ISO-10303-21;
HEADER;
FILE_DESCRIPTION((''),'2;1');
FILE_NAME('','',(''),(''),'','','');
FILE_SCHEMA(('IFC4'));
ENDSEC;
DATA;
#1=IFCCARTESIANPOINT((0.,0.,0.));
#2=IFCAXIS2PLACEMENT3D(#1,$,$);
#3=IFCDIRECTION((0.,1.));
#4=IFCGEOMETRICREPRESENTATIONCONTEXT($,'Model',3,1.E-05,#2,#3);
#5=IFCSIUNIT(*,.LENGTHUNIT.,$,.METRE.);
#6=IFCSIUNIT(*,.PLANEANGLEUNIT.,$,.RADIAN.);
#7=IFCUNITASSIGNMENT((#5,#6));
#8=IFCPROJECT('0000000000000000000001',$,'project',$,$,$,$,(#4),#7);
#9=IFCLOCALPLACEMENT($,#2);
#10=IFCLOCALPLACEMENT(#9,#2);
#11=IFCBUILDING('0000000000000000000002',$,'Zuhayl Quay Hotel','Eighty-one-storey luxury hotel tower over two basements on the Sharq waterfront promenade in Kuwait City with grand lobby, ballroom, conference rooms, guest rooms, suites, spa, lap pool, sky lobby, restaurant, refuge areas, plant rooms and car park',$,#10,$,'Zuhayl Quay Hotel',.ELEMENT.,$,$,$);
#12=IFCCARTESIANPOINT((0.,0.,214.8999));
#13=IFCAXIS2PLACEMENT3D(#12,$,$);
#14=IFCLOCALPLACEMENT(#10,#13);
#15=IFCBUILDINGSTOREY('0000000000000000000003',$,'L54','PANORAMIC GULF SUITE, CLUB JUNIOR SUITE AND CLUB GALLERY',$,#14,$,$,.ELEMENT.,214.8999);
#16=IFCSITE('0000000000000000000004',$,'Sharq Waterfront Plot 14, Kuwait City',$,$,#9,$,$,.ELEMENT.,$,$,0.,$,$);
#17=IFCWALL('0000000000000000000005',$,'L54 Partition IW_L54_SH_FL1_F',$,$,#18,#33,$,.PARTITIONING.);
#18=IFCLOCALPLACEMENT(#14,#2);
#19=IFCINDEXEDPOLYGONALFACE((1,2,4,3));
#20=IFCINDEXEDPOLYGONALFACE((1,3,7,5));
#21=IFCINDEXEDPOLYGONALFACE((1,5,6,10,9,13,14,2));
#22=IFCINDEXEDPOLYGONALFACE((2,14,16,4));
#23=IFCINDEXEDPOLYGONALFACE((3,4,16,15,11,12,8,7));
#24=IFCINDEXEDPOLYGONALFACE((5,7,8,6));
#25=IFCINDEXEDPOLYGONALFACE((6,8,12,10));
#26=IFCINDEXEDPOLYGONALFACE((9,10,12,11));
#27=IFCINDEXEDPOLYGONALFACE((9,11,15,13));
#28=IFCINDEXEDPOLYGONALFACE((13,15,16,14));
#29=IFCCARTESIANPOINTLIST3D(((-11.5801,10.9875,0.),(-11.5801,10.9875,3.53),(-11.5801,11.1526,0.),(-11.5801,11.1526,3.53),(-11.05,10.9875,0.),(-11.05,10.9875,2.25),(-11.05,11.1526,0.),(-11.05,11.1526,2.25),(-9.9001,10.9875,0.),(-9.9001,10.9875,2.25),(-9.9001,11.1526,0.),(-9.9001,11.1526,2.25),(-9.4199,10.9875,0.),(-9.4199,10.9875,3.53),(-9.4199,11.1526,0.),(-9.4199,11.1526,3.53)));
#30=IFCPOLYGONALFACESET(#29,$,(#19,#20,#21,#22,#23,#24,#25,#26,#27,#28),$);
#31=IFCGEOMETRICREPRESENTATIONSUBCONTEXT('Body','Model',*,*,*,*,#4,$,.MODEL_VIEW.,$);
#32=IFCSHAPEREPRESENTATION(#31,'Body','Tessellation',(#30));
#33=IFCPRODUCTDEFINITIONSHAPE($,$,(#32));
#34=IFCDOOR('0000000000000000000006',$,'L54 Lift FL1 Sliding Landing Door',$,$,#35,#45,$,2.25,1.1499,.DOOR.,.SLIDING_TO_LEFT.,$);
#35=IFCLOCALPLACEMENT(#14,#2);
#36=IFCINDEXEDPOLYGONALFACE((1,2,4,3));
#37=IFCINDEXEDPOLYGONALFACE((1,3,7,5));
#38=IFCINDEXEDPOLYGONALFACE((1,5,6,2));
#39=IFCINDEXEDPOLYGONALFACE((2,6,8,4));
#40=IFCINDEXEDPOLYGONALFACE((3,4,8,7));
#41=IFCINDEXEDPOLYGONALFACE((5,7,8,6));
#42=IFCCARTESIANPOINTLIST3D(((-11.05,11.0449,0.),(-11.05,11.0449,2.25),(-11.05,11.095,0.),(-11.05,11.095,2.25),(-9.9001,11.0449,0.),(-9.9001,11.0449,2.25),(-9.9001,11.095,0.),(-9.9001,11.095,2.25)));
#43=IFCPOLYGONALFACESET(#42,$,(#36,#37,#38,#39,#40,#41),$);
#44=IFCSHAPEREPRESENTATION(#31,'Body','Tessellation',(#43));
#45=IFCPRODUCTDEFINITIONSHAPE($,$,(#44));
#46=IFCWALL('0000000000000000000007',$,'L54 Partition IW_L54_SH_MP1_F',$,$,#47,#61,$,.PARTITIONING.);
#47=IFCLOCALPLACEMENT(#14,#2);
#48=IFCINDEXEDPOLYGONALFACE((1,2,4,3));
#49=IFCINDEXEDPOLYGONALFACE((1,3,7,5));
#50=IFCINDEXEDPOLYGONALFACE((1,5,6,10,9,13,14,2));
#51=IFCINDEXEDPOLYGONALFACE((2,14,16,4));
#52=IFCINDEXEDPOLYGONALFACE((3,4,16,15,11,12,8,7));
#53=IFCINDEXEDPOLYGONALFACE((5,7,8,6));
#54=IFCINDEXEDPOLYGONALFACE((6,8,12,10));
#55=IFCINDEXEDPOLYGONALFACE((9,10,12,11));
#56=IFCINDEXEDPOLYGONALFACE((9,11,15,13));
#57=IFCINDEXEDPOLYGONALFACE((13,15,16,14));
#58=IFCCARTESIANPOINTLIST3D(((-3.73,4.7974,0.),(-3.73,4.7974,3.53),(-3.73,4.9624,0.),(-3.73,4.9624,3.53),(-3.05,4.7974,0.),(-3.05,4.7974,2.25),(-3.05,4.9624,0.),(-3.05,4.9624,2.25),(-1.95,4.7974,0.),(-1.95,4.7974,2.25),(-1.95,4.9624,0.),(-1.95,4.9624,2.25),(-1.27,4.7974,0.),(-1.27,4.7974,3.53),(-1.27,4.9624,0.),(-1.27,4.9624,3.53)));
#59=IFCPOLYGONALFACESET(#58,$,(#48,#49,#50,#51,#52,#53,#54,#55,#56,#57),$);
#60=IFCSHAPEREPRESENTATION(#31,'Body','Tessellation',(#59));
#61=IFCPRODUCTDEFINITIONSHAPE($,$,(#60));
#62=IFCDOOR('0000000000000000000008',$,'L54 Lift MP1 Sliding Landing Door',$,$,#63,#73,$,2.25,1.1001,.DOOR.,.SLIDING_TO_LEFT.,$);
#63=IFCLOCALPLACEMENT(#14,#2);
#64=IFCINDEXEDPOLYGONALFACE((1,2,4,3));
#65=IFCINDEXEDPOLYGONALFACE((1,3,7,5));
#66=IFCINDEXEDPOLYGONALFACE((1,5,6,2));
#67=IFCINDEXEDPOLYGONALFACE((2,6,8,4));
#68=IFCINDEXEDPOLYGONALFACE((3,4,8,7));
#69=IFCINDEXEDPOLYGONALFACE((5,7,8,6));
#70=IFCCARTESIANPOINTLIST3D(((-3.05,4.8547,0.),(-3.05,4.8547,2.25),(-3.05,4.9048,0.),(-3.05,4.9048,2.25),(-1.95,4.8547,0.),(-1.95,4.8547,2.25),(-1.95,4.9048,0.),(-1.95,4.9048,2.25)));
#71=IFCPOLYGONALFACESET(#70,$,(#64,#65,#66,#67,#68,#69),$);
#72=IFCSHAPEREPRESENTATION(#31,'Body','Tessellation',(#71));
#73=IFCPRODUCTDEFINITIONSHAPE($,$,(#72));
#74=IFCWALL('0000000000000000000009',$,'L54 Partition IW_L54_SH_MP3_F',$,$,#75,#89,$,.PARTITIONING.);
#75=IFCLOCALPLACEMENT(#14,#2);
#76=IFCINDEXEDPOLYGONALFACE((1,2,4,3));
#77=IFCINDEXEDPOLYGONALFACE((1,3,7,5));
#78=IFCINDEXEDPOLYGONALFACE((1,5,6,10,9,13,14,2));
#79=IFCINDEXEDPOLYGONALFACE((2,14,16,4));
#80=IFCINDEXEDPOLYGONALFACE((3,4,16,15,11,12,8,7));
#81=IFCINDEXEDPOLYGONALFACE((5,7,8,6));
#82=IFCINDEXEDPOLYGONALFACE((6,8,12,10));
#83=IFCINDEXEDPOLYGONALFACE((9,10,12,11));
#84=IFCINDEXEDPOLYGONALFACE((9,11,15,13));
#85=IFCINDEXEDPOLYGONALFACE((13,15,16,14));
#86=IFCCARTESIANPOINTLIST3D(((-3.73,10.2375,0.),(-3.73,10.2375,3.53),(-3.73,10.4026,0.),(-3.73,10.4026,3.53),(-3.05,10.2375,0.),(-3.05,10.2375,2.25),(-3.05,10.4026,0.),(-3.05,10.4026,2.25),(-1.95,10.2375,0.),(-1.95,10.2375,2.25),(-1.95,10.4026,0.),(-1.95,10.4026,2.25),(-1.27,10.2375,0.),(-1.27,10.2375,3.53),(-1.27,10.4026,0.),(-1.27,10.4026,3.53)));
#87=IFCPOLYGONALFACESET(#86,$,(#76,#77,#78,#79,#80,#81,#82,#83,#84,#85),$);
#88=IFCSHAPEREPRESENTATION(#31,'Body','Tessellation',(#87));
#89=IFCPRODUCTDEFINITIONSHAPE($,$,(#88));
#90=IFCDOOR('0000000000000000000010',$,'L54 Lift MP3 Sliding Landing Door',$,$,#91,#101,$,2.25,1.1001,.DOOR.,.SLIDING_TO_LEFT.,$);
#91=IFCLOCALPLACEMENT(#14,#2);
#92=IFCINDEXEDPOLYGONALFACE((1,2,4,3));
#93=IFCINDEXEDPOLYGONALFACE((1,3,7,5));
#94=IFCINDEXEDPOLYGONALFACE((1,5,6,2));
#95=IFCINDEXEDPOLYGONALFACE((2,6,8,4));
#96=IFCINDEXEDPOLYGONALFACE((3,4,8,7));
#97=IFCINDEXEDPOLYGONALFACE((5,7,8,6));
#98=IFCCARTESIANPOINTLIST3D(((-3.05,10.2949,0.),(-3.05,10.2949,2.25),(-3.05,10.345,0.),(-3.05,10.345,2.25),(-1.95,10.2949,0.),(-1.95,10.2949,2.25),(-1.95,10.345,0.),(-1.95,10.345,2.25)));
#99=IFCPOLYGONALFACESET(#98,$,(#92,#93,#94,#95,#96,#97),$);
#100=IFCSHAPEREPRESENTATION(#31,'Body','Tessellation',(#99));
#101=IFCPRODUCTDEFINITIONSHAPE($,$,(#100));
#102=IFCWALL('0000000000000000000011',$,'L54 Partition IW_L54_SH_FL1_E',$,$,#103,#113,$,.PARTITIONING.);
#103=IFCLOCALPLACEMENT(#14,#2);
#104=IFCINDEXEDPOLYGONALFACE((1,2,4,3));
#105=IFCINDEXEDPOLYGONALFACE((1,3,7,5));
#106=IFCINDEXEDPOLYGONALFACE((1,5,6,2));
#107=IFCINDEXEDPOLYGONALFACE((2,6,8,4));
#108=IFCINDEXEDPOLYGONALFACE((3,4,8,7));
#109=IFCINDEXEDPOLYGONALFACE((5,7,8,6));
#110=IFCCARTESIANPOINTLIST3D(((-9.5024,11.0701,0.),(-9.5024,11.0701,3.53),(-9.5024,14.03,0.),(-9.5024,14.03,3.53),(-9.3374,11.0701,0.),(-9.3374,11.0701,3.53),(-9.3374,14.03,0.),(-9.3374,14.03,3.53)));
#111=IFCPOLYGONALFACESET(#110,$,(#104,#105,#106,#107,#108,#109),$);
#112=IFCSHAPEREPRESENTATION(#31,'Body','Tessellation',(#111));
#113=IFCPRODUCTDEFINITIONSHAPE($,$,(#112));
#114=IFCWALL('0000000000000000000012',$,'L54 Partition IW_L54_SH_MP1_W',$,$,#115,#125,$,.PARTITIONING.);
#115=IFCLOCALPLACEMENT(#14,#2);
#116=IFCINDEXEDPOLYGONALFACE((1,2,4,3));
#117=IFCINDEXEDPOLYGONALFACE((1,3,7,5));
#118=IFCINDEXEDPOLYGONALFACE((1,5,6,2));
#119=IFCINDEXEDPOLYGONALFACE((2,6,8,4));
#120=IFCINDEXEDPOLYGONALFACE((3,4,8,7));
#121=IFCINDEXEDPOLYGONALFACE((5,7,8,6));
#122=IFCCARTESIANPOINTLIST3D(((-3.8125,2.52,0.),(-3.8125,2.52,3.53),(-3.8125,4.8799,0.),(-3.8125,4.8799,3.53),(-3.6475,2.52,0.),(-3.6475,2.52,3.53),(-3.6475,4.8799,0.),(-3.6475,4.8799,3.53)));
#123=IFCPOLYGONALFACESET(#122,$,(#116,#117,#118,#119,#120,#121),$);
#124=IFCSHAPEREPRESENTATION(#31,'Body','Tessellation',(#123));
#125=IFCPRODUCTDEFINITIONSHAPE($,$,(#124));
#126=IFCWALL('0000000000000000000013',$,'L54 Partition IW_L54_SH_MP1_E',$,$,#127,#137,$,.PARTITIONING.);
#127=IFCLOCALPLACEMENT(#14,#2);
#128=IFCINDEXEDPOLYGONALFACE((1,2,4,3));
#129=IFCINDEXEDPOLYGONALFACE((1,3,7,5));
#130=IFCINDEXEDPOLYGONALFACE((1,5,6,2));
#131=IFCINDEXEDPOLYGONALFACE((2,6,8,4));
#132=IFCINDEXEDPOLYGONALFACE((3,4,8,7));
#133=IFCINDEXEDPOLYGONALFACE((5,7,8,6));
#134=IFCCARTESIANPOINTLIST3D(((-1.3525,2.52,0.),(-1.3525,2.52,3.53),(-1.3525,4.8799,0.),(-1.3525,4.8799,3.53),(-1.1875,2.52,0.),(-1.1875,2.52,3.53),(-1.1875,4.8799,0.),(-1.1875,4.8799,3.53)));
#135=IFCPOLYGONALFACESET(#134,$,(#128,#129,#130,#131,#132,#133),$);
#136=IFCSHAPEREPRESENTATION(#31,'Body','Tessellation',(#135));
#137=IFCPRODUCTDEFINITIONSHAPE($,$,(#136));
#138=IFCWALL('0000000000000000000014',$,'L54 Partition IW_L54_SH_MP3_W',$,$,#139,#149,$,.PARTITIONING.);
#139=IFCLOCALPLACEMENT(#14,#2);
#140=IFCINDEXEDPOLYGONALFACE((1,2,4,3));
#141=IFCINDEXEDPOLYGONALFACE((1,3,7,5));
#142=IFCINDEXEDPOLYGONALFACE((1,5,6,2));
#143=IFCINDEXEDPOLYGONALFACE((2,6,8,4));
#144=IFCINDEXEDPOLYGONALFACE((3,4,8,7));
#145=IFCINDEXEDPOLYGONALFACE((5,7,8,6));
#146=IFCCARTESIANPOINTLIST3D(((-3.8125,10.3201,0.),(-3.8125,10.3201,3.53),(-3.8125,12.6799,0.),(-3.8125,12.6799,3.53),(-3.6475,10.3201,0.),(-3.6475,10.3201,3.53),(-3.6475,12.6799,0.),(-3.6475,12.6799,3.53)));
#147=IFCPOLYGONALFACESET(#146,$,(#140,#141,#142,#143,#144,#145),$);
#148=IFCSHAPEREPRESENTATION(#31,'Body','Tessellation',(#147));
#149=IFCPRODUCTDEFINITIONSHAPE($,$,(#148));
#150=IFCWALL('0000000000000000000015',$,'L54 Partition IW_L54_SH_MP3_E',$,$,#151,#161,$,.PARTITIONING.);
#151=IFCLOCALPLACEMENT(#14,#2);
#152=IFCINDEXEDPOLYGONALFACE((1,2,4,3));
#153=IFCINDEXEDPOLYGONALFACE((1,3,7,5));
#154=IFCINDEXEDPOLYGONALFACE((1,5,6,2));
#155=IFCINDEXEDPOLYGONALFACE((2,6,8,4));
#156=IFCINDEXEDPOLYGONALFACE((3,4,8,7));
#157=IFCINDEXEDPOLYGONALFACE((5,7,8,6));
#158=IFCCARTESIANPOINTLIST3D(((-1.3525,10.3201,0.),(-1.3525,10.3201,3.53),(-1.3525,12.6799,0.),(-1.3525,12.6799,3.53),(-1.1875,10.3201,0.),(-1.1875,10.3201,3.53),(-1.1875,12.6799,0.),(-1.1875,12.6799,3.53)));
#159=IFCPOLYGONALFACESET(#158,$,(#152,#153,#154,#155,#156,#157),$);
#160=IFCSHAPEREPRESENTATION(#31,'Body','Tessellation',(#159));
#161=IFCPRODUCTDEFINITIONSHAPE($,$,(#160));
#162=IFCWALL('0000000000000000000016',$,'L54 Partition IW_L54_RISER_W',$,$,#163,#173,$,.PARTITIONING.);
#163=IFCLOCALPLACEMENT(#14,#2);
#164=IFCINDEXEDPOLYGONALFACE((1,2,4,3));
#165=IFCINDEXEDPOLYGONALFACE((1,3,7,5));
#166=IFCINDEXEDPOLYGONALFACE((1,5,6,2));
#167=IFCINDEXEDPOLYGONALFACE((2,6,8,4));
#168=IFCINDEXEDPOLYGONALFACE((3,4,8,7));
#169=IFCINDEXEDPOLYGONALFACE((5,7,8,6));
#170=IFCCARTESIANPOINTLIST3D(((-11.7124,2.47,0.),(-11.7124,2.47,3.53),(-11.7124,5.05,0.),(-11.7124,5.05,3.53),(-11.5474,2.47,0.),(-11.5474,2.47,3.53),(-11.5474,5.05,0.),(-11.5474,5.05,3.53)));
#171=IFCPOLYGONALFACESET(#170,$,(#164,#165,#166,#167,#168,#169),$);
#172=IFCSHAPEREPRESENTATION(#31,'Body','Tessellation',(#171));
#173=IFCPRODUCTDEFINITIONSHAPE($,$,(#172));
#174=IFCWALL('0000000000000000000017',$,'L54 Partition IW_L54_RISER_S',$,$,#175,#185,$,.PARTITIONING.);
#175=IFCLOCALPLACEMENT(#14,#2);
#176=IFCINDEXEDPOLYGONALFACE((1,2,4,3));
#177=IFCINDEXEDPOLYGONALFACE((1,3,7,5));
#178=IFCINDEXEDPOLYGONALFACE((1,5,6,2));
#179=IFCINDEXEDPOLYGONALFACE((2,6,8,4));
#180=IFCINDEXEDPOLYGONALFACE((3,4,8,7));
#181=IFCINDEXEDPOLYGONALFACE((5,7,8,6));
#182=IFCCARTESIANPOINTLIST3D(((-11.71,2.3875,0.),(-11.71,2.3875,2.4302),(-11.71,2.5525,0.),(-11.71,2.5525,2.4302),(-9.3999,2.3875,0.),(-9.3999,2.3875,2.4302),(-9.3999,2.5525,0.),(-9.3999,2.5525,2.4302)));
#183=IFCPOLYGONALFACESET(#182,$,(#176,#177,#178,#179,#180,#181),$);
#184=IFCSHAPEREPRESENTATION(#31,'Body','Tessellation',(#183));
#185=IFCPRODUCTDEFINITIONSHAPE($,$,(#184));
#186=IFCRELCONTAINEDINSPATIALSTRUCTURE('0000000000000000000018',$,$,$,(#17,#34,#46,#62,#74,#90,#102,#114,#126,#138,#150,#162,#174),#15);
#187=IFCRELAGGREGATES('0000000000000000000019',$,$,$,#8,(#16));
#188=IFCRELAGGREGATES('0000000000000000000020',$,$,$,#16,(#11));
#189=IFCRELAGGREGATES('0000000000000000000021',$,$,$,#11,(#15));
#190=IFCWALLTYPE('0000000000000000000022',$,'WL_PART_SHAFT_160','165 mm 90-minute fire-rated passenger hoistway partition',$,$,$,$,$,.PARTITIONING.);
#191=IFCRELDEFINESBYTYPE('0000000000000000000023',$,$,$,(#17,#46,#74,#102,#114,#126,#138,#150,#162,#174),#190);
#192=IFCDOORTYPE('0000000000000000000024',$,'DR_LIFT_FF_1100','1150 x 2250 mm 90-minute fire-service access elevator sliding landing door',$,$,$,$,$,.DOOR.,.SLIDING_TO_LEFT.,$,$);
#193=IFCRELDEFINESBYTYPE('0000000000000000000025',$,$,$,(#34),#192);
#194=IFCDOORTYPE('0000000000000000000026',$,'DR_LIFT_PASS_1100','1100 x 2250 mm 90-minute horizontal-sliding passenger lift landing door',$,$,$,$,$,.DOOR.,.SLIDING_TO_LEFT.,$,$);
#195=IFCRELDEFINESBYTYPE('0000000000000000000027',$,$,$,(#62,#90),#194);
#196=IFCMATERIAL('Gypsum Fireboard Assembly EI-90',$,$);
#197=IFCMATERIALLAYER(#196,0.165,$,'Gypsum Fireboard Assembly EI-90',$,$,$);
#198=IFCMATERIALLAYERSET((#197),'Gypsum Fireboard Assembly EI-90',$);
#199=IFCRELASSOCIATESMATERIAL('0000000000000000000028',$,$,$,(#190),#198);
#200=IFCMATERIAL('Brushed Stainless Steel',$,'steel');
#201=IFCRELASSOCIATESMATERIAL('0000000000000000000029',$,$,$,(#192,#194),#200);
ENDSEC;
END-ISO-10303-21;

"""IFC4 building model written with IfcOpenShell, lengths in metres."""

from ifc_helpers import new_model, si_unit, direction, frame, frame_2d, origin, place, context, subcontext, project, spatial, rectangle, extrude, material, layer, layer_set, type_object, element, fill, save


model = new_model("IFC4")

# Units and contexts
model_context = context("Model", 3, precision=1e-05, world=origin(), true_north=direction((0.0, 1.0)))
body_context = subcontext(model_context, "Body", "Model", "MODEL_VIEW")
ifc_project = project(units=[si_unit("LENGTHUNIT", "METRE"), si_unit("PLANEANGLEUNIT", "RADIAN")], contexts=[model_context])

# Site, building, storey
site_placement = place(None, origin())
site = spatial("IfcSite", under=ifc_project, at=site_placement, Name="Sharq Waterfront Plot 14, Kuwait City", CompositionType="ELEMENT", RefElevation=0.0)
building_placement = place(site_placement, origin())
building = spatial("IfcBuilding", under=site, at=building_placement, Name="Zuhayl Quay Hotel", Description="Eighty-one-storey luxury hotel tower over two basements on the Sharq waterfront promenade in Kuwait City with grand lobby, ballroom, conference rooms, guest rooms, suites, spa, lap pool, sky lobby, restaurant, refuge areas, plant rooms and car park", LongName="Zuhayl Quay Hotel", CompositionType="ELEMENT")
storey_placement = place(building_placement, frame((0.0, 0.0, 214.8999)))
storey = spatial("IfcBuildingStorey", under=building, at=storey_placement, Name="L54", Description="PANORAMIC GULF SUITE, CLUB JUNIOR SUITE AND CLUB GALLERY", CompositionType="ELEMENT", Elevation=214.8999)

# Walls, openings, doors
ifc_material_1 = material(Name="Gypsum Fireboard Assembly EI-90")
ifc_layer_1 = layer(ifc_material_1, 0.165, Name="Gypsum Fireboard Assembly EI-90")
ifc_layer_set_1 = layer_set([ifc_layer_1], Name="Gypsum Fireboard Assembly EI-90")
wall_type_1 = type_object("IfcWallType", Name="WL_PART_SHAFT_160", Description="165 mm 90-minute fire-rated passenger hoistway partition", PredefinedType="PARTITIONING", material=ifc_layer_set_1)
wall_1_placement = place(storey_placement, frame((-11.5801, 11.0701, 0.0), z_axis=(0.0, 0.0, 1.0), x_axis=(1.0, 0.0, 0.0)))
wall_1 = element("IfcWall", 1, at=wall_1_placement, inside=storey, type_object=wall_type_1, Name="L54 Partition IW_L54_SH_FL1_F", PredefinedType="PARTITIONING", context=body_context, shape_type="SweptSolid", body=[
    extrude(rectangle(XDim=2.1602, YDim=0.165, at=frame_2d((1.0801, 0.0))), origin(), (0.0, 0.0, 1.0), 3.53),
])
opening_1_placement = place(wall_1_placement, frame((0.53, 0.0, 0.0)))
opening_1 = element("IfcOpeningElement", 2, at=opening_1_placement, cuts=wall_1, PredefinedType="OPENING", context=body_context, shape_type="SweptSolid", body=[
    extrude(rectangle(XDim=1.1499, YDim=2.25, at=frame_2d((0.575, 1.125))), frame((0.0, 0.0925, 0.0), z_axis=(0.0, -1.0, 0.0), x_axis=(1.0, 0.0, 0.0)), (0.0, 0.0, 1.0), 0.1851),
])
ifc_material_2 = material(Name="Brushed Stainless Steel", Category="steel")
door_type_1 = type_object("IfcDoorType", Name="DR_LIFT_FF_1100", Description="1150 x 2250 mm 90-minute fire-service access elevator sliding landing door", OperationType="SLIDING_TO_LEFT", PredefinedType="DOOR", material=ifc_material_2)
door_1_placement = place(opening_1_placement, origin())
door_1 = element("IfcDoor", 3, at=door_1_placement, inside=storey, type_object=door_type_1, Name="L54 Lift FL1 Sliding Landing Door", OperationType="SLIDING_TO_LEFT", OverallHeight=2.25, OverallWidth=1.1499, PredefinedType="DOOR", context=body_context, shape_type="SweptSolid", body=[
    extrude(rectangle(XDim=1.1499, YDim=2.25, at=frame_2d((0.575, 1.125))), frame((0.0, 0.0249, 0.0), z_axis=(0.0, -1.0, 0.0), x_axis=(1.0, 0.0, 0.0)), (0.0, 0.0, 1.0), 0.05),
])
fill(opening_1, door_1)
wall_2_placement = place(storey_placement, frame((-3.73, 4.8799, 0.0), z_axis=(0.0, 0.0, 1.0), x_axis=(1.0, 0.0, 0.0)))
wall_2 = element("IfcWall", 4, at=wall_2_placement, inside=storey, type_object=wall_type_1, Name="L54 Partition IW_L54_SH_MP1_F", PredefinedType="PARTITIONING", context=body_context, shape_type="SweptSolid", body=[
    extrude(rectangle(XDim=2.46, YDim=0.165, at=frame_2d((1.23, 0.0))), origin(), (0.0, 0.0, 1.0), 3.53),
])
opening_2_placement = place(wall_2_placement, frame((0.6799, 0.0, 0.0)))
opening_2 = element("IfcOpeningElement", 5, at=opening_2_placement, cuts=wall_2, PredefinedType="OPENING", context=body_context, shape_type="SweptSolid", body=[
    extrude(rectangle(XDim=1.1001, YDim=2.25, at=frame_2d((0.55, 1.125))), frame((0.0, 0.0925, 0.0), z_axis=(0.0, -1.0, 0.0), x_axis=(1.0, 0.0, 0.0)), (0.0, 0.0, 1.0), 0.1851),
])
door_type_2 = type_object("IfcDoorType", Name="DR_LIFT_PASS_1100", Description="1100 x 2250 mm 90-minute horizontal-sliding passenger lift landing door", OperationType="SLIDING_TO_LEFT", PredefinedType="DOOR", material=ifc_material_2)
door_2_placement = place(opening_2_placement, origin())
door_2 = element("IfcDoor", 6, at=door_2_placement, inside=storey, type_object=door_type_2, Name="L54 Lift MP1 Sliding Landing Door", OperationType="SLIDING_TO_LEFT", OverallHeight=2.25, OverallWidth=1.1001, PredefinedType="DOOR", context=body_context, shape_type="SweptSolid", body=[
    extrude(rectangle(XDim=1.1001, YDim=2.25, at=frame_2d((0.55, 1.125))), frame((0.0, 0.0249, 0.0), z_axis=(0.0, -1.0, 0.0), x_axis=(1.0, 0.0, 0.0)), (0.0, 0.0, 1.0), 0.05),
])
fill(opening_2, door_2)
wall_3_placement = place(storey_placement, frame((-3.73, 10.3201, 0.0), z_axis=(0.0, 0.0, 1.0), x_axis=(1.0, 0.0, 0.0)))
wall_3 = element("IfcWall", 7, at=wall_3_placement, inside=storey, type_object=wall_type_1, Name="L54 Partition IW_L54_SH_MP3_F", PredefinedType="PARTITIONING", context=body_context, shape_type="SweptSolid", body=[
    extrude(rectangle(XDim=2.46, YDim=0.165, at=frame_2d((1.23, 0.0))), origin(), (0.0, 0.0, 1.0), 3.53),
])
opening_3_placement = place(wall_3_placement, frame((0.6799, 0.0, 0.0)))
opening_3 = element("IfcOpeningElement", 8, at=opening_3_placement, cuts=wall_3, PredefinedType="OPENING", context=body_context, shape_type="SweptSolid", body=[
    extrude(rectangle(XDim=1.1001, YDim=2.25, at=frame_2d((0.55, 1.125))), frame((0.0, 0.0925, 0.0), z_axis=(0.0, -1.0, 0.0), x_axis=(1.0, 0.0, 0.0)), (0.0, 0.0, 1.0), 0.1851),
])
door_3_placement = place(opening_3_placement, origin())
door_3 = element("IfcDoor", 9, at=door_3_placement, inside=storey, type_object=door_type_2, Name="L54 Lift MP3 Sliding Landing Door", OperationType="SLIDING_TO_LEFT", OverallHeight=2.25, OverallWidth=1.1001, PredefinedType="DOOR", context=body_context, shape_type="SweptSolid", body=[
    extrude(rectangle(XDim=1.1001, YDim=2.25, at=frame_2d((0.55, 1.125))), frame((0.0, 0.0249, 0.0), z_axis=(0.0, -1.0, 0.0), x_axis=(1.0, 0.0, 0.0)), (0.0, 0.0, 1.0), 0.05),
])
fill(opening_3, door_3)

# Walls
wall_4_placement = place(storey_placement, frame((-9.4199, 11.0701, 0.0), z_axis=(0.0, 0.0, 1.0), x_axis=(0.0, 1.0, 0.0)))
element("IfcWall", 10, at=wall_4_placement, inside=storey, type_object=wall_type_1, Name="L54 Partition IW_L54_SH_FL1_E", PredefinedType="PARTITIONING", context=body_context, shape_type="SweptSolid", body=[
    extrude(rectangle(XDim=2.96, YDim=0.165, at=frame_2d((1.48, 0.0))), origin(), (0.0, 0.0, 1.0), 3.53),
])
for number, where, z_axis, x_axis, name in (
    (11, (-3.73, 2.52, 0.0), (0.0, 0.0, 1.0), (0.0, 1.0, 0.0), "L54 Partition IW_L54_SH_MP1_W"),
    (12, (-1.27, 2.52, 0.0), (0.0, 0.0, 1.0), (0.0, 1.0, 0.0), "L54 Partition IW_L54_SH_MP1_E"),
    (13, (-3.73, 10.3201, 0.0), (0.0, 0.0, 1.0), (0.0, 1.0, 0.0), "L54 Partition IW_L54_SH_MP3_W"),
    (14, (-1.27, 10.3201, 0.0), (0.0, 0.0, 1.0), (0.0, 1.0, 0.0), "L54 Partition IW_L54_SH_MP3_E"),
):
    element("IfcWall", number, at=place(storey_placement, frame(where, z_axis=z_axis, x_axis=x_axis)), inside=storey, type_object=wall_type_1, Name=name, PredefinedType="PARTITIONING", context=body_context, shape_type="SweptSolid", body=[
        extrude(rectangle(XDim=2.3599, YDim=0.165, at=frame_2d((1.1799, 0.0))), origin(), (0.0, 0.0, 1.0), 3.53),
    ])
wall_5_placement = place(storey_placement, frame((-11.6299, 2.47, 0.0), z_axis=(0.0, 0.0, 1.0), x_axis=(0.0, 1.0, 0.0)))
element("IfcWall", 15, at=wall_5_placement, inside=storey, type_object=wall_type_1, Name="L54 Partition IW_L54_RISER_W", PredefinedType="PARTITIONING", context=body_context, shape_type="SweptSolid", body=[
    extrude(rectangle(XDim=2.5801, YDim=0.165, at=frame_2d((1.29, 0.0))), origin(), (0.0, 0.0, 1.0), 3.53),
])
wall_6_placement = place(storey_placement, frame((-11.71, 2.47, 0.0), z_axis=(0.0, 0.0, 1.0), x_axis=(1.0, 0.0, 0.0)))
element("IfcWall", 16, at=wall_6_placement, inside=storey, type_object=wall_type_1, Name="L54 Partition IW_L54_RISER_S", PredefinedType="PARTITIONING", context=body_context, shape_type="SweptSolid", body=[
    extrude(rectangle(XDim=2.3101, YDim=0.165, at=frame_2d((1.155, 0.0))), origin(), (0.0, 0.0, 1.0), 2.4302),
])

save(model, "model.ifc")
